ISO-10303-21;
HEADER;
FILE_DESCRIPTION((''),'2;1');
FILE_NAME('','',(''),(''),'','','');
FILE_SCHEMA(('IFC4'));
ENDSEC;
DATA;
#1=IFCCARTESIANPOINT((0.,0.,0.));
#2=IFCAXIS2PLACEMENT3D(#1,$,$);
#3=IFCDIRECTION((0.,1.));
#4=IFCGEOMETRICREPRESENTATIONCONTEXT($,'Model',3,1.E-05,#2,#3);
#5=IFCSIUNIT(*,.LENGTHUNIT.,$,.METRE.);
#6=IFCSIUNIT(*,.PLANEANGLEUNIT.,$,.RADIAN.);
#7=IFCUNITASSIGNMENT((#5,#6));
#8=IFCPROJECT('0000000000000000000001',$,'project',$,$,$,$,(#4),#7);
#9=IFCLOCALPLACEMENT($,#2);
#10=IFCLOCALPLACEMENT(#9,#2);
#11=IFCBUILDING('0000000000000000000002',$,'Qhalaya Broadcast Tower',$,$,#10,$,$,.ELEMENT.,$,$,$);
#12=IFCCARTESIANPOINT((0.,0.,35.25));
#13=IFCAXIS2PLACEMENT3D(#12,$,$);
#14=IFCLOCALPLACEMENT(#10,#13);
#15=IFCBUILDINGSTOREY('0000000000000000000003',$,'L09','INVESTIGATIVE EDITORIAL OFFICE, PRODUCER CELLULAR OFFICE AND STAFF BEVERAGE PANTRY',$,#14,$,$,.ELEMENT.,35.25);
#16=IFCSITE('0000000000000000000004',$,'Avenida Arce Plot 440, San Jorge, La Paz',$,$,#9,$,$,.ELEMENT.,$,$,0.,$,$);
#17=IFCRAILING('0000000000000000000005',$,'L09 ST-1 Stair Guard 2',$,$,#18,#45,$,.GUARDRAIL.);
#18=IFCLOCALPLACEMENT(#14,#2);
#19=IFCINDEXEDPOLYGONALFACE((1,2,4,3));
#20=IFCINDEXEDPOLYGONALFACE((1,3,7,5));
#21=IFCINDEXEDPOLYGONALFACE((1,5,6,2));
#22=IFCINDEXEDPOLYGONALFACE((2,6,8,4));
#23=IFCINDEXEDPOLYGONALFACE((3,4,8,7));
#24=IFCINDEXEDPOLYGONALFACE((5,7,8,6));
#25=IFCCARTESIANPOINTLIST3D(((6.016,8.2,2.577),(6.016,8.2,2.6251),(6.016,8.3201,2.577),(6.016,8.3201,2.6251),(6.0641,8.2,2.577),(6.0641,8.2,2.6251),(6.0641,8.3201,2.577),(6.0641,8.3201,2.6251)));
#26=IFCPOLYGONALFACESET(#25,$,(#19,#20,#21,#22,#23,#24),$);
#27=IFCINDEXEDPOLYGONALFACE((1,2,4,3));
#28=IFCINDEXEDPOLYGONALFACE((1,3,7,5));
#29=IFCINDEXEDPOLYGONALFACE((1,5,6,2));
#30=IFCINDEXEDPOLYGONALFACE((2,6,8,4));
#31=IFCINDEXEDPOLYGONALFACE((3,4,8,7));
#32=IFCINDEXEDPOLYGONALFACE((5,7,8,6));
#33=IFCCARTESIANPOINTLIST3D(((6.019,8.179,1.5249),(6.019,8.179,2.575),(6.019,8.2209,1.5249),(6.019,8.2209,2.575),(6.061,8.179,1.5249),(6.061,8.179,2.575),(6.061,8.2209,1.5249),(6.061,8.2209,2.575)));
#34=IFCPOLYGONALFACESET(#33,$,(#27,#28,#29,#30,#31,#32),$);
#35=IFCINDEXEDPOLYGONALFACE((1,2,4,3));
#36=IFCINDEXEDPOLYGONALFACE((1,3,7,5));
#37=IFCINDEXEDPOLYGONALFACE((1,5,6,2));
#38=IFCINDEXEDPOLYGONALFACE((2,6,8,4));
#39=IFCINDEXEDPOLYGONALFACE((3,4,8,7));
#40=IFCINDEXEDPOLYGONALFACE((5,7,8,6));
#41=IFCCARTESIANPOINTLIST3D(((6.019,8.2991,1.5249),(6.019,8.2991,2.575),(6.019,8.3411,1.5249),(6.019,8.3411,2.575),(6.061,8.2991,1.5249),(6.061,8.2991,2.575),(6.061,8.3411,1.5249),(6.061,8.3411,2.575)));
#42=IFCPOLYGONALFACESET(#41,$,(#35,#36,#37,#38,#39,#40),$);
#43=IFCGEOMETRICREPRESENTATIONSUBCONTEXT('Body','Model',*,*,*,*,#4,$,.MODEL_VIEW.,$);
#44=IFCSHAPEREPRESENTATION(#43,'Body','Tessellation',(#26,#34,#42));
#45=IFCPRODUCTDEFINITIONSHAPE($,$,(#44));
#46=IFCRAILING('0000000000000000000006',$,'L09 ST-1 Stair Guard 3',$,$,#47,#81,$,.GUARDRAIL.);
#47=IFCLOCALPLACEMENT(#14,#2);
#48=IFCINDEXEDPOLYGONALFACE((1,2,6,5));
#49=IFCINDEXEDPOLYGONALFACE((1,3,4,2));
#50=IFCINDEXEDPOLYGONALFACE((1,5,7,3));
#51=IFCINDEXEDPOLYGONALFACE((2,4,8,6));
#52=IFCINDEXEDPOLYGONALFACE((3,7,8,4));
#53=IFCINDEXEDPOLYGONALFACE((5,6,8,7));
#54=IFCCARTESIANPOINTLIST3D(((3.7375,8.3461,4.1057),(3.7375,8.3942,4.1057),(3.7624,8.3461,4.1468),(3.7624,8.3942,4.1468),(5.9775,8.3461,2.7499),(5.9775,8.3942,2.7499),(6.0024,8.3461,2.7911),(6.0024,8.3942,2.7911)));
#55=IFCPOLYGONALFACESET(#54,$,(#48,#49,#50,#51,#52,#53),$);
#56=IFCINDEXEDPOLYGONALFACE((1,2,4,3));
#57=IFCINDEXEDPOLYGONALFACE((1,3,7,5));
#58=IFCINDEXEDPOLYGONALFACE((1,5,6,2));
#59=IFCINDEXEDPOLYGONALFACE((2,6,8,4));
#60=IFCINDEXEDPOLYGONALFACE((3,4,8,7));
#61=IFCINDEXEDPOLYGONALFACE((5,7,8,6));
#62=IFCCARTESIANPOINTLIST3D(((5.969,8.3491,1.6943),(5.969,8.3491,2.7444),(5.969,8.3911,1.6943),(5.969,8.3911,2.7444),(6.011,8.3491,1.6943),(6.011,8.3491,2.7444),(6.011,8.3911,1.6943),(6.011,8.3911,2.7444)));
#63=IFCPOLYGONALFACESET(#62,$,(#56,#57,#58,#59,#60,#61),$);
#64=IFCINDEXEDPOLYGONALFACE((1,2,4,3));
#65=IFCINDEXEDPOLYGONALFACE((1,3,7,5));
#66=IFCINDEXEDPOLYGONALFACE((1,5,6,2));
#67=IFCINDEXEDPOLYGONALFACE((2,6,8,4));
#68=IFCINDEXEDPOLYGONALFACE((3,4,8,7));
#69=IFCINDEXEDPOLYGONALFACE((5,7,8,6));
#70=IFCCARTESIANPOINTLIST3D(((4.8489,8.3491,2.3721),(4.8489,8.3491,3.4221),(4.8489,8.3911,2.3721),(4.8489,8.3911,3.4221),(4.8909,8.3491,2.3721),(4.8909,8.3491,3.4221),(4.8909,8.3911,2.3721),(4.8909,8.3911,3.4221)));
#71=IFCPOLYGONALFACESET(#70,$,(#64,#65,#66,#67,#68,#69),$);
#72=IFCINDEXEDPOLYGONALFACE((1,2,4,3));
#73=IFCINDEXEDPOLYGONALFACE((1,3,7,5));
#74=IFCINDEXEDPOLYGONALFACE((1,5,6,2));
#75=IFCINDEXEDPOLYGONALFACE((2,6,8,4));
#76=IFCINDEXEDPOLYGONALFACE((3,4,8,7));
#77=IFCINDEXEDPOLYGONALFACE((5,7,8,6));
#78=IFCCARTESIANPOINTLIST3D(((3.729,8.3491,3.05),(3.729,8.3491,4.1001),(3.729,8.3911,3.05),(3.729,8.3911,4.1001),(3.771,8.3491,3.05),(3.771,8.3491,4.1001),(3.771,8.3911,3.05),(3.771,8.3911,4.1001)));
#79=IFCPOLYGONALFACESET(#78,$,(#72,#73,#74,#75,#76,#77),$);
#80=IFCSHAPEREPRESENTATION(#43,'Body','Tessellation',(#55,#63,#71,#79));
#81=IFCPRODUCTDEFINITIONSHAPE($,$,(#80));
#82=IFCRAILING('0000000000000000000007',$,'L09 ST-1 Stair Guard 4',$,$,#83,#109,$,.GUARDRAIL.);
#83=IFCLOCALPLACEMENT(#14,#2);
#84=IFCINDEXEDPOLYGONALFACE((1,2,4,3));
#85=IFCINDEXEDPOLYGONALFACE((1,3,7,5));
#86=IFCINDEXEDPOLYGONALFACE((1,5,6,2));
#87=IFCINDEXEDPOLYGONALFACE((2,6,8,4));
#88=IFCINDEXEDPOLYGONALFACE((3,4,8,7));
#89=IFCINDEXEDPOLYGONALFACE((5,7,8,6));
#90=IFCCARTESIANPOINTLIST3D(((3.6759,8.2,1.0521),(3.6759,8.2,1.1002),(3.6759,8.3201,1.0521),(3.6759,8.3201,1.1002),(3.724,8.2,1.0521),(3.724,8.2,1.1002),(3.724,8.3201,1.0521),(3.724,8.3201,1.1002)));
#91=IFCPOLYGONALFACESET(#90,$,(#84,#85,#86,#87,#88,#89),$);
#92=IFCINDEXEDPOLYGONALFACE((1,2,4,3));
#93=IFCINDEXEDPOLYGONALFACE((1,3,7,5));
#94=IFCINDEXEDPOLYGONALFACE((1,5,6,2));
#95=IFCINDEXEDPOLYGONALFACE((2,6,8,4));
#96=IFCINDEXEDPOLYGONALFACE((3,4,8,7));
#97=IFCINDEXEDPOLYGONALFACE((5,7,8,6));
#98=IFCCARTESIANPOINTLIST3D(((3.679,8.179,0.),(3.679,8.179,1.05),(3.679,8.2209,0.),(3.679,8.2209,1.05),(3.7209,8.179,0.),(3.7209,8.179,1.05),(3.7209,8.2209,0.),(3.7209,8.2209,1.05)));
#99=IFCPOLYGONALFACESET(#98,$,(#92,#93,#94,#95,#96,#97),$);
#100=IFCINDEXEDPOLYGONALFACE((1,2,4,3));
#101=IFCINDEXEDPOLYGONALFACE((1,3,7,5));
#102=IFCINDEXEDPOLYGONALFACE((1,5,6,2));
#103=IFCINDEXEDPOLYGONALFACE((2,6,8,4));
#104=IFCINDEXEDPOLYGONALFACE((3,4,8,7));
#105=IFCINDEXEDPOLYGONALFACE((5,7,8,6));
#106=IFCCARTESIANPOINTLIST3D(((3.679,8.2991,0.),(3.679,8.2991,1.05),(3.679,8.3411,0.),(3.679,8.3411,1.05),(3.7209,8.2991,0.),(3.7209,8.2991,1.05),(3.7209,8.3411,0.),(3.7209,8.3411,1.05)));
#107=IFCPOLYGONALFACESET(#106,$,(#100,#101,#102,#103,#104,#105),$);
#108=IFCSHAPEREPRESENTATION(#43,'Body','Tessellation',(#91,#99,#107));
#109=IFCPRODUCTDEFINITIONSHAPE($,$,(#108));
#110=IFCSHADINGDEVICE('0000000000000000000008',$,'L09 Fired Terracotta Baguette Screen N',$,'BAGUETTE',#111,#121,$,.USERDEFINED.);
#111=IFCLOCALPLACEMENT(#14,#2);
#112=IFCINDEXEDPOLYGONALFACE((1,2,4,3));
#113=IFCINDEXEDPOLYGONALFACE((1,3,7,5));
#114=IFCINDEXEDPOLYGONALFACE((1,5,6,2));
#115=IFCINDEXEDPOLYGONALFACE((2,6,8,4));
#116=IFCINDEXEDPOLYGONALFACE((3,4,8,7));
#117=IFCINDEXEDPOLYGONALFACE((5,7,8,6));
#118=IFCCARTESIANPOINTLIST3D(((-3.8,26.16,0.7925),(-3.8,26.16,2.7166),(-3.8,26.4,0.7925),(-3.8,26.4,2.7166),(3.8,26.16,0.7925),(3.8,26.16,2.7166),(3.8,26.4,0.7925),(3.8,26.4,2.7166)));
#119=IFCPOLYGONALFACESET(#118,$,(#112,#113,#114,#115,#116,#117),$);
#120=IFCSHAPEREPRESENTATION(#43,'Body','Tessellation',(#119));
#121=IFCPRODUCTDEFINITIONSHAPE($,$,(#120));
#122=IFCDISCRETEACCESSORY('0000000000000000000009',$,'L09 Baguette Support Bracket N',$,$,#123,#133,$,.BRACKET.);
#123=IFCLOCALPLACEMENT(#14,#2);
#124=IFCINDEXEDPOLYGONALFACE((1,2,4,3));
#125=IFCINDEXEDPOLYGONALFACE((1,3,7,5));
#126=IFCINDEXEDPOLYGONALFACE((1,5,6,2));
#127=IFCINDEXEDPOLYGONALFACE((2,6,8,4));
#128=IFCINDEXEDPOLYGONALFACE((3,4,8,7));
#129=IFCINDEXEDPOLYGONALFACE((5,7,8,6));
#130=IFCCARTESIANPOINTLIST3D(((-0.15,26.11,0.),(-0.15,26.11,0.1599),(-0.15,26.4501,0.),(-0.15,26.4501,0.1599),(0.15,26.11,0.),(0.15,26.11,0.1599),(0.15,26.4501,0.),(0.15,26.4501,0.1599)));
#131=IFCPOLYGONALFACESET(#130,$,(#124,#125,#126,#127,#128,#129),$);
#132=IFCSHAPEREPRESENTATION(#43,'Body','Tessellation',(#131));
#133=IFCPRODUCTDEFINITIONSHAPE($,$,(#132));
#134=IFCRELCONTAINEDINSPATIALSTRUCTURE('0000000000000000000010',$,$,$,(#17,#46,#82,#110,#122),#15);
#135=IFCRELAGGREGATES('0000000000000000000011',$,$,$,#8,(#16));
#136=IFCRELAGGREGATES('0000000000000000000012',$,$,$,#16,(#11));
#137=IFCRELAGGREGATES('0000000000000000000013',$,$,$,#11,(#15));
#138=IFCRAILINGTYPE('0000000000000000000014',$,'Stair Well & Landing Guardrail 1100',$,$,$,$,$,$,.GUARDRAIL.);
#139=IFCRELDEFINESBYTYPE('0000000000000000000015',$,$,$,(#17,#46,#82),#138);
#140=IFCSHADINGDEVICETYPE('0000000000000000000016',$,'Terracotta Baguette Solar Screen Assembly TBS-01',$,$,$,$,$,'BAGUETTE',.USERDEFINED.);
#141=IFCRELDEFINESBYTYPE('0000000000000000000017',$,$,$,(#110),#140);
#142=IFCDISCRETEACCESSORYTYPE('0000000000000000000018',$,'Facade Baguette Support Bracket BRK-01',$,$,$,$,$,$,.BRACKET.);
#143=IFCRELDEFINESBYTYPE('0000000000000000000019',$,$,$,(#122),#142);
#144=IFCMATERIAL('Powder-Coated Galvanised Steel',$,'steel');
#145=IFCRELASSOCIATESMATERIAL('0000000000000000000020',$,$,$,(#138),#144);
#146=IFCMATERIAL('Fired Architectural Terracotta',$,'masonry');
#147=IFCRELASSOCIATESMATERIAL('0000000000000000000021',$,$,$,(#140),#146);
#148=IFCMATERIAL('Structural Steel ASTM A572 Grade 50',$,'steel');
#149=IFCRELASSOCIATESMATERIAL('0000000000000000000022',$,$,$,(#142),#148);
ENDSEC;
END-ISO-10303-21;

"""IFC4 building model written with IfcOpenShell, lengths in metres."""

from ifc_helpers import new_model, si_unit, direction, frame, origin, origin_2d, place, context, subcontext, project, spatial, rectangle, extrude, material, type_object, element, save


model = new_model("IFC4")

# Units and contexts
model_context = context("Model", 3, precision=1e-05, world=origin(), true_north=direction((0.0, 1.0)))
body_context = subcontext(model_context, "Body", "Model", "MODEL_VIEW")
ifc_project = project(units=[si_unit("LENGTHUNIT", "METRE"), si_unit("PLANEANGLEUNIT", "RADIAN")], contexts=[model_context])

# Site, building, storey
site_placement = place(None, origin())
site = spatial("IfcSite", under=ifc_project, at=site_placement, Name="Avenida Arce Plot 440, San Jorge, La Paz", CompositionType="ELEMENT", RefElevation=0.0)
building_placement = place(site_placement, origin())
building = spatial("IfcBuilding", under=site, at=building_placement, Name="Qhalaya Broadcast Tower", CompositionType="ELEMENT")
storey_placement = place(building_placement, frame((0.0, 0.0, 35.25)))
storey = spatial("IfcBuildingStorey", under=building, at=storey_placement, Name="L09", Description="INVESTIGATIVE EDITORIAL OFFICE, PRODUCER CELLULAR OFFICE AND STAFF BEVERAGE PANTRY", CompositionType="ELEMENT", Elevation=35.25)

# Shared definitions
ifc_material_1 = material(Name="Structural Steel ASTM A572 Grade 50", Category="steel")

# Railings
ifc_material_2 = material(Name="Powder-Coated Galvanised Steel", Category="steel")
railing_type_1 = type_object("IfcRailingType", Name="Stair Well & Landing Guardrail 1100", PredefinedType="GUARDRAIL", material=ifc_material_2)
railing_1_placement = place(storey_placement, frame((6.04, 8.2, 1.5249)))
element("IfcRailing", 1, at=railing_1_placement, inside=storey, type_object=railing_type_1, Name="L09 ST-1 Stair Guard 2", PredefinedType="GUARDRAIL", context=body_context, shape_type="SweptSolid", body=[
    extrude(rectangle(XDim=0.0481, YDim=0.0481, at=origin_2d()), frame((0.0, 0.0, 1.0762), z_axis=(0.0, 1.0, 0.0), x_axis=(-1.0, 0.0, 0.0)), (0.0, 0.0, 1.0), 0.1201),
    extrude(rectangle(XDim=0.042, YDim=0.042, at=origin_2d()), origin(), (0.0, 0.0, 1.0), 1.05),
    extrude(rectangle(XDim=0.042, YDim=0.042, at=origin_2d()), frame((0.0, 0.1201, 0.0)), (0.0, 0.0, 1.0), 1.05),
])
railing_2_placement = place(storey_placement, frame((5.99, 8.3701, 1.6943)))
element("IfcRailing", 2, at=railing_2_placement, inside=storey, type_object=railing_type_1, Name="L09 ST-1 Stair Guard 3", PredefinedType="GUARDRAIL", context=body_context, shape_type="SweptSolid", body=[
    extrude(rectangle(XDim=0.0481, YDim=0.0481, at=origin_2d()), frame((0.0, 0.0, 1.0762), z_axis=(-0.855512, 0.0, 0.517783), x_axis=(0.0, -1.0, 0.0)), (0.0, 0.0, 1.0), 2.6184),
    extrude(rectangle(XDim=0.042, YDim=0.042, at=origin_2d()), origin(), (0.0, 0.0, 1.0), 1.05),
    extrude(rectangle(XDim=0.042, YDim=0.042, at=origin_2d()), frame((-1.1201, 0.0, 0.6777)), (0.0, 0.0, 1.0), 1.05),
    extrude(rectangle(XDim=0.042, YDim=0.042, at=origin_2d()), frame((-2.24, 0.0, 1.3557)), (0.0, 0.0, 1.0), 1.05),
])
railing_3_placement = place(storey_placement, frame((3.7, 8.2, 0.0)))
element("IfcRailing", 3, at=railing_3_placement, inside=storey, type_object=railing_type_1, Name="L09 ST-1 Stair Guard 4", PredefinedType="GUARDRAIL", context=body_context, shape_type="SweptSolid", body=[
    extrude(rectangle(XDim=0.0481, YDim=0.0481, at=origin_2d()), frame((0.0, 0.0, 1.0762), z_axis=(0.0, 1.0, 0.0), x_axis=(-1.0, 0.0, 0.0)), (0.0, 0.0, 1.0), 0.1201),
    extrude(rectangle(XDim=0.042, YDim=0.042, at=origin_2d()), origin(), (0.0, 0.0, 1.0), 1.05),
    extrude(rectangle(XDim=0.042, YDim=0.042, at=origin_2d()), frame((0.0, 0.1201, 0.0)), (0.0, 0.0, 1.0), 1.05),
])

# Shading device
ifc_material_3 = material(Name="Fired Architectural Terracotta", Category="masonry")
shading_device_type = type_object("IfcShadingDeviceType", Name="Terracotta Baguette Solar Screen Assembly TBS-01", ElementType="BAGUETTE", PredefinedType="USERDEFINED", material=ifc_material_3)
shading_device_placement = place(storey_placement, frame((0.0, 26.28, 0.7925), z_axis=(0.0, 0.0, 1.0), x_axis=(-1.0, 0.0, 0.0)))
element("IfcShadingDevice", 4, at=shading_device_placement, inside=storey, type_object=shading_device_type, Name="L09 Fired Terracotta Baguette Screen N", ObjectType="BAGUETTE", PredefinedType="USERDEFINED", context=body_context, shape_type="SweptSolid", body=[
    extrude(rectangle(XDim=7.6001, YDim=0.24, at=origin_2d()), origin(), (0.0, 0.0, 1.0), 1.9241),
])

# Discrete accessory
discrete_accessory_type = type_object("IfcDiscreteAccessoryType", Name="Facade Baguette Support Bracket BRK-01", PredefinedType="BRACKET", material=ifc_material_1)
discrete_accessory_placement = place(storey_placement, frame((0.0, 26.28, 0.0), z_axis=(0.0, 0.0, 1.0), x_axis=(-1.0, 0.0, 0.0)))
element("IfcDiscreteAccessory", 5, at=discrete_accessory_placement, inside=storey, type_object=discrete_accessory_type, Name="L09 Baguette Support Bracket N", PredefinedType="BRACKET", context=body_context, shape_type="SweptSolid", body=[
    extrude(rectangle(XDim=0.3, YDim=0.3401, at=origin_2d()), origin(), (0.0, 0.0, 1.0), 0.1599),
])

save(model, "model.ifc")
